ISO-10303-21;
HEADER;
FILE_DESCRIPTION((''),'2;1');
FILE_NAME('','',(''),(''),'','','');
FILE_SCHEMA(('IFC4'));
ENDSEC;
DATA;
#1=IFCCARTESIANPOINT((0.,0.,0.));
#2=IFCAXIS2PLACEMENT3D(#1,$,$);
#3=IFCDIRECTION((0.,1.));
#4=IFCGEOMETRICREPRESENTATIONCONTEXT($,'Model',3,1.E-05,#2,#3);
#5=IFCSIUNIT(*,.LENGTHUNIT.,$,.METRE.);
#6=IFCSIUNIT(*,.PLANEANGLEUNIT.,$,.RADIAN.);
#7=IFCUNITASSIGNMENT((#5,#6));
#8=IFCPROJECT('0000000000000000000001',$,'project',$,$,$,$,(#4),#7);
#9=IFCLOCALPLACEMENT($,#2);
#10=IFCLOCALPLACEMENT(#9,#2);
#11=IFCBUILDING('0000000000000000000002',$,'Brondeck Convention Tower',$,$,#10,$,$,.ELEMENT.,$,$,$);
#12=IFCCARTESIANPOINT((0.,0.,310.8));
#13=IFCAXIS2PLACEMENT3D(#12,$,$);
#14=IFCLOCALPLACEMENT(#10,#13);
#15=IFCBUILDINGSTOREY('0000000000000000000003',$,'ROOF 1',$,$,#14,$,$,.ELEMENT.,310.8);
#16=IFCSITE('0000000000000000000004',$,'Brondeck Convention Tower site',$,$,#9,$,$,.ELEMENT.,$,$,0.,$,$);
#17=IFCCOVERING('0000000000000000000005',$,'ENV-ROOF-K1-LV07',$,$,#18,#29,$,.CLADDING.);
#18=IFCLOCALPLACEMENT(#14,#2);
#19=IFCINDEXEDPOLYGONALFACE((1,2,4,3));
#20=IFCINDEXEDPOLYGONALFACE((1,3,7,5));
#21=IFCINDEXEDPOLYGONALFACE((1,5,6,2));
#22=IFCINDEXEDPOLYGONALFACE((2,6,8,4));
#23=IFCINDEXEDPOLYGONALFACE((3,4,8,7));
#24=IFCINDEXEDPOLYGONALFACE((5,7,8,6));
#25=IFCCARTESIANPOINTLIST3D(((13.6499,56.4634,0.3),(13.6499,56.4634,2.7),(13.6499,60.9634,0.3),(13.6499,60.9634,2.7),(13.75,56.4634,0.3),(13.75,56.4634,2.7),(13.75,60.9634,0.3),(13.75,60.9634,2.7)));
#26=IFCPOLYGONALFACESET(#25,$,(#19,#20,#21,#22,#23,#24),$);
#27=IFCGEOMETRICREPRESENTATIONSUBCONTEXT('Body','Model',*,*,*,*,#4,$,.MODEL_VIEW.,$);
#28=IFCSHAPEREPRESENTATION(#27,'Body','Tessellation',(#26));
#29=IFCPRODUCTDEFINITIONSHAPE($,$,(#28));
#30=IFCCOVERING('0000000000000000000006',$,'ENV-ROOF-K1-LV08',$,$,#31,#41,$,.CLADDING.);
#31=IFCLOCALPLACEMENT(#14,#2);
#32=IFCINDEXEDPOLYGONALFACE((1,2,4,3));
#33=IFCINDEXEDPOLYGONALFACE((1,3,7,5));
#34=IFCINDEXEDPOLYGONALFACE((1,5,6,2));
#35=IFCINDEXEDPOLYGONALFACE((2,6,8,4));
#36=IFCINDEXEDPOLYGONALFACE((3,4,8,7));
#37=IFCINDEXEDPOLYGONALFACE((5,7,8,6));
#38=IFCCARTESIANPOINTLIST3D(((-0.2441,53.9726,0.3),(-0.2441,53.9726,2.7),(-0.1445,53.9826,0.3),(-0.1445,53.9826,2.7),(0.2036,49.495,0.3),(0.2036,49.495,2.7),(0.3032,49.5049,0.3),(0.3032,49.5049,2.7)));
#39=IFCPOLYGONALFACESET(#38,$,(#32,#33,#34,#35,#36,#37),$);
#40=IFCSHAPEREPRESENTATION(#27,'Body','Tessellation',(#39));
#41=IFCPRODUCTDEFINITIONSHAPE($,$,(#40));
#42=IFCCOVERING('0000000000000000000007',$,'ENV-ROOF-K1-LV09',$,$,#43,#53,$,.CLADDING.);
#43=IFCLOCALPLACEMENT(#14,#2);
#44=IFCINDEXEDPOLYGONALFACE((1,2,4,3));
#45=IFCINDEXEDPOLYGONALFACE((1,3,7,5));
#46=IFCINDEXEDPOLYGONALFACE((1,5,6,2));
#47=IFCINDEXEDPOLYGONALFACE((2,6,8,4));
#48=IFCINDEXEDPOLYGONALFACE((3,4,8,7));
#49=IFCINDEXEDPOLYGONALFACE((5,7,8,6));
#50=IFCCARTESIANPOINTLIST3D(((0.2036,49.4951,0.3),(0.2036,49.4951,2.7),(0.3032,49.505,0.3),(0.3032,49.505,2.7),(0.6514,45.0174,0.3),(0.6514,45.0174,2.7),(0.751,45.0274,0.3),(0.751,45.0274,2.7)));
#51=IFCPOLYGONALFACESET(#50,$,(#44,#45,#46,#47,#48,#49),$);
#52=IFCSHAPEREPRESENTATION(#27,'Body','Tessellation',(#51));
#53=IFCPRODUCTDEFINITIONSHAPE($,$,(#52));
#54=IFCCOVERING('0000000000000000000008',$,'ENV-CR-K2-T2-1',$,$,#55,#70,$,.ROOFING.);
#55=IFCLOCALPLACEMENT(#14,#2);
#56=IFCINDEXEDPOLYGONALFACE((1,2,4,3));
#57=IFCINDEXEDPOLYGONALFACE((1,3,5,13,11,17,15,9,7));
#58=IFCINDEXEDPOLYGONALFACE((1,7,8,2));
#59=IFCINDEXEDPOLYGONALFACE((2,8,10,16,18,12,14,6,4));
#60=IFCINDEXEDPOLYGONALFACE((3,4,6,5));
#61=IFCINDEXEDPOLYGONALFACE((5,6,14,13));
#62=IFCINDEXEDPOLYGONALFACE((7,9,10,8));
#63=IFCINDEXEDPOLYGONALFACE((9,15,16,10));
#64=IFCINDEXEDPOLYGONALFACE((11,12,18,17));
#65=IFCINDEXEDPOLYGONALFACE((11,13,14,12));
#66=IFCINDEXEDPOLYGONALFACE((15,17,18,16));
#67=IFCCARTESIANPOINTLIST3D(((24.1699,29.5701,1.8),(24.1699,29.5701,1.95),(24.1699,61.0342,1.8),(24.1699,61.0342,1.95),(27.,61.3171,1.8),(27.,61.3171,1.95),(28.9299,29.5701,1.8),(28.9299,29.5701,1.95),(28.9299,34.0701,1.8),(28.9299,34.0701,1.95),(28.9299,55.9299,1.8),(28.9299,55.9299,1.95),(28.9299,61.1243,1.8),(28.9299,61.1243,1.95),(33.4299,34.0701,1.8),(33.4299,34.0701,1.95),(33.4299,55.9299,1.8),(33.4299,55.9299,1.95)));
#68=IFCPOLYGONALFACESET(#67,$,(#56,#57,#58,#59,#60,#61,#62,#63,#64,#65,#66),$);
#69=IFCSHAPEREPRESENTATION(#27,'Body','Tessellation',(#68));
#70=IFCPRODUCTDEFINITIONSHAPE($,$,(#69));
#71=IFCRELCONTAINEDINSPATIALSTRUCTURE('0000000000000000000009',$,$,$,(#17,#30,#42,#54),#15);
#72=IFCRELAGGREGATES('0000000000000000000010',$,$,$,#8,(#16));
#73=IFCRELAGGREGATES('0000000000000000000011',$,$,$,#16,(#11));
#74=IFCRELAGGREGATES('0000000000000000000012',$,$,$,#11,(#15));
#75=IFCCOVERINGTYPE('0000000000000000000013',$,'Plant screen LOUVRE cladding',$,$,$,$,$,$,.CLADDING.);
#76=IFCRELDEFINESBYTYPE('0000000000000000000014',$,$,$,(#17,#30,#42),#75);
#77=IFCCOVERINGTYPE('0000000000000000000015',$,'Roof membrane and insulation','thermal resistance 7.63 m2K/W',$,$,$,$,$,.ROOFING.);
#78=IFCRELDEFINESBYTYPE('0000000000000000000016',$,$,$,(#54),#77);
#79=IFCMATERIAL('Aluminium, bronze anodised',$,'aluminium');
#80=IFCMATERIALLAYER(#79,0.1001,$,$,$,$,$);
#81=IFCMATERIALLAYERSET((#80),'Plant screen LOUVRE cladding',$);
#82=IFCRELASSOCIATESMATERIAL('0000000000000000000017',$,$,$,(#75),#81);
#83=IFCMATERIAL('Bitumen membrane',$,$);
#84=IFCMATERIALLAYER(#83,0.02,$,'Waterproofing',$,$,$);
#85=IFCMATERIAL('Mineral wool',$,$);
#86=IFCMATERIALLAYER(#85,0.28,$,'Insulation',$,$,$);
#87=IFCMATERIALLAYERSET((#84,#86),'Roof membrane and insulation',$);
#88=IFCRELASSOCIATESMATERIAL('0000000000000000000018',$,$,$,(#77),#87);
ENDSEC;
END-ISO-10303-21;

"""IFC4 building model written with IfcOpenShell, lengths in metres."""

from ifc_helpers import new_model, si_unit, direction, frame, origin, origin_2d, place, context, subcontext, project, spatial, polyline, rectangle, outline, extrude, material, layer, layer_set, type_object, element, save


model = new_model("IFC4")

# Units and contexts
model_context = context("Model", 3, precision=1e-05, world=origin(), true_north=direction((0.0, 1.0)))
body_context = subcontext(model_context, "Body", "Model", "MODEL_VIEW")
ifc_project = project(units=[si_unit("LENGTHUNIT", "METRE"), si_unit("PLANEANGLEUNIT", "RADIAN")], contexts=[model_context])

# Site, building, storey
site_placement = place(None, origin())
site = spatial("IfcSite", under=ifc_project, at=site_placement, Name="Brondeck Convention Tower site", CompositionType="ELEMENT", RefElevation=0.0)
building_placement = place(site_placement, origin())
building = spatial("IfcBuilding", under=site, at=building_placement, Name="Brondeck Convention Tower", CompositionType="ELEMENT")
storey_placement = place(building_placement, frame((0.0, 0.0, 310.8)))
storey = spatial("IfcBuildingStorey", under=building, at=storey_placement, Name="ROOF 1", CompositionType="ELEMENT", Elevation=310.8)

# Coverings
ifc_material_1 = material(Name="Aluminium, bronze anodised", Category="aluminium")
ifc_layer_1 = layer(ifc_material_1, 0.1001)
ifc_layer_set_1 = layer_set([ifc_layer_1], Name="Plant screen LOUVRE cladding")
covering_type_1 = type_object("IfcCoveringType", Name="Plant screen LOUVRE cladding", PredefinedType="CLADDING", material=ifc_layer_set_1)
for number, where, z_axis, x_axis, name in (
    (1, (13.7, 58.7134, 0.3), (0.0, 0.0, 1.0), (0.0, 1.0, 0.0), "ENV-ROOF-K1-LV07"),
    (2, (0.0295, 51.7388, 0.3), (0.0, 0.0, 1.0), (0.099504, -0.995037, 0.0), "ENV-ROOF-K1-LV08"),
    (3, (0.4773, 47.2612, 0.3), (0.0, 0.0, 1.0), (0.099504, -0.995037, 0.0), "ENV-ROOF-K1-LV09"),
):
    element("IfcCovering", number, at=place(storey_placement, frame(where, z_axis=z_axis, x_axis=x_axis)), inside=storey, type_object=covering_type_1, Name=name, PredefinedType="CLADDING", context=body_context, shape_type="SweptSolid", body=[
        extrude(rectangle(XDim=4.5, YDim=0.1001, at=origin_2d()), origin(), (0.0, 0.0, 1.0), 2.3999),
    ])
ifc_material_2 = material(Name="Bitumen membrane")
ifc_layer_2 = layer(ifc_material_2, 0.02, Name="Waterproofing")
ifc_material_3 = material(Name="Mineral wool")
ifc_layer_3 = layer(ifc_material_3, 0.28, Name="Insulation")
ifc_layer_set_2 = layer_set([ifc_layer_2, ifc_layer_3], Name="Roof membrane and insulation")
covering_type_2 = type_object("IfcCoveringType", Name="Roof membrane and insulation", Description="thermal resistance 7.63 m2K/W", PredefinedType="ROOFING", material=ifc_layer_set_2)
covering_1_placement = place(storey_placement, frame((0.0, 0.0, 1.8)))
element("IfcCovering", 4, at=covering_1_placement, inside=storey, type_object=covering_type_2, Name="ENV-CR-K2-T2-1", PredefinedType="ROOFING", context=body_context, shape_type="SweptSolid", body=[
    extrude(outline(polyline([(24.1699, 29.5701), (28.9299, 29.5701), (28.9299, 34.0701), (33.4299, 34.0701), (33.4299, 55.9299), (28.9299, 55.9299), (28.9299, 61.1243), (27.0, 61.3171), (24.1699, 61.0342), (24.1699, 29.5701)])), origin(), (0.0, 0.0, 1.0), 0.1499),
])

save(model, "model.ifc")
